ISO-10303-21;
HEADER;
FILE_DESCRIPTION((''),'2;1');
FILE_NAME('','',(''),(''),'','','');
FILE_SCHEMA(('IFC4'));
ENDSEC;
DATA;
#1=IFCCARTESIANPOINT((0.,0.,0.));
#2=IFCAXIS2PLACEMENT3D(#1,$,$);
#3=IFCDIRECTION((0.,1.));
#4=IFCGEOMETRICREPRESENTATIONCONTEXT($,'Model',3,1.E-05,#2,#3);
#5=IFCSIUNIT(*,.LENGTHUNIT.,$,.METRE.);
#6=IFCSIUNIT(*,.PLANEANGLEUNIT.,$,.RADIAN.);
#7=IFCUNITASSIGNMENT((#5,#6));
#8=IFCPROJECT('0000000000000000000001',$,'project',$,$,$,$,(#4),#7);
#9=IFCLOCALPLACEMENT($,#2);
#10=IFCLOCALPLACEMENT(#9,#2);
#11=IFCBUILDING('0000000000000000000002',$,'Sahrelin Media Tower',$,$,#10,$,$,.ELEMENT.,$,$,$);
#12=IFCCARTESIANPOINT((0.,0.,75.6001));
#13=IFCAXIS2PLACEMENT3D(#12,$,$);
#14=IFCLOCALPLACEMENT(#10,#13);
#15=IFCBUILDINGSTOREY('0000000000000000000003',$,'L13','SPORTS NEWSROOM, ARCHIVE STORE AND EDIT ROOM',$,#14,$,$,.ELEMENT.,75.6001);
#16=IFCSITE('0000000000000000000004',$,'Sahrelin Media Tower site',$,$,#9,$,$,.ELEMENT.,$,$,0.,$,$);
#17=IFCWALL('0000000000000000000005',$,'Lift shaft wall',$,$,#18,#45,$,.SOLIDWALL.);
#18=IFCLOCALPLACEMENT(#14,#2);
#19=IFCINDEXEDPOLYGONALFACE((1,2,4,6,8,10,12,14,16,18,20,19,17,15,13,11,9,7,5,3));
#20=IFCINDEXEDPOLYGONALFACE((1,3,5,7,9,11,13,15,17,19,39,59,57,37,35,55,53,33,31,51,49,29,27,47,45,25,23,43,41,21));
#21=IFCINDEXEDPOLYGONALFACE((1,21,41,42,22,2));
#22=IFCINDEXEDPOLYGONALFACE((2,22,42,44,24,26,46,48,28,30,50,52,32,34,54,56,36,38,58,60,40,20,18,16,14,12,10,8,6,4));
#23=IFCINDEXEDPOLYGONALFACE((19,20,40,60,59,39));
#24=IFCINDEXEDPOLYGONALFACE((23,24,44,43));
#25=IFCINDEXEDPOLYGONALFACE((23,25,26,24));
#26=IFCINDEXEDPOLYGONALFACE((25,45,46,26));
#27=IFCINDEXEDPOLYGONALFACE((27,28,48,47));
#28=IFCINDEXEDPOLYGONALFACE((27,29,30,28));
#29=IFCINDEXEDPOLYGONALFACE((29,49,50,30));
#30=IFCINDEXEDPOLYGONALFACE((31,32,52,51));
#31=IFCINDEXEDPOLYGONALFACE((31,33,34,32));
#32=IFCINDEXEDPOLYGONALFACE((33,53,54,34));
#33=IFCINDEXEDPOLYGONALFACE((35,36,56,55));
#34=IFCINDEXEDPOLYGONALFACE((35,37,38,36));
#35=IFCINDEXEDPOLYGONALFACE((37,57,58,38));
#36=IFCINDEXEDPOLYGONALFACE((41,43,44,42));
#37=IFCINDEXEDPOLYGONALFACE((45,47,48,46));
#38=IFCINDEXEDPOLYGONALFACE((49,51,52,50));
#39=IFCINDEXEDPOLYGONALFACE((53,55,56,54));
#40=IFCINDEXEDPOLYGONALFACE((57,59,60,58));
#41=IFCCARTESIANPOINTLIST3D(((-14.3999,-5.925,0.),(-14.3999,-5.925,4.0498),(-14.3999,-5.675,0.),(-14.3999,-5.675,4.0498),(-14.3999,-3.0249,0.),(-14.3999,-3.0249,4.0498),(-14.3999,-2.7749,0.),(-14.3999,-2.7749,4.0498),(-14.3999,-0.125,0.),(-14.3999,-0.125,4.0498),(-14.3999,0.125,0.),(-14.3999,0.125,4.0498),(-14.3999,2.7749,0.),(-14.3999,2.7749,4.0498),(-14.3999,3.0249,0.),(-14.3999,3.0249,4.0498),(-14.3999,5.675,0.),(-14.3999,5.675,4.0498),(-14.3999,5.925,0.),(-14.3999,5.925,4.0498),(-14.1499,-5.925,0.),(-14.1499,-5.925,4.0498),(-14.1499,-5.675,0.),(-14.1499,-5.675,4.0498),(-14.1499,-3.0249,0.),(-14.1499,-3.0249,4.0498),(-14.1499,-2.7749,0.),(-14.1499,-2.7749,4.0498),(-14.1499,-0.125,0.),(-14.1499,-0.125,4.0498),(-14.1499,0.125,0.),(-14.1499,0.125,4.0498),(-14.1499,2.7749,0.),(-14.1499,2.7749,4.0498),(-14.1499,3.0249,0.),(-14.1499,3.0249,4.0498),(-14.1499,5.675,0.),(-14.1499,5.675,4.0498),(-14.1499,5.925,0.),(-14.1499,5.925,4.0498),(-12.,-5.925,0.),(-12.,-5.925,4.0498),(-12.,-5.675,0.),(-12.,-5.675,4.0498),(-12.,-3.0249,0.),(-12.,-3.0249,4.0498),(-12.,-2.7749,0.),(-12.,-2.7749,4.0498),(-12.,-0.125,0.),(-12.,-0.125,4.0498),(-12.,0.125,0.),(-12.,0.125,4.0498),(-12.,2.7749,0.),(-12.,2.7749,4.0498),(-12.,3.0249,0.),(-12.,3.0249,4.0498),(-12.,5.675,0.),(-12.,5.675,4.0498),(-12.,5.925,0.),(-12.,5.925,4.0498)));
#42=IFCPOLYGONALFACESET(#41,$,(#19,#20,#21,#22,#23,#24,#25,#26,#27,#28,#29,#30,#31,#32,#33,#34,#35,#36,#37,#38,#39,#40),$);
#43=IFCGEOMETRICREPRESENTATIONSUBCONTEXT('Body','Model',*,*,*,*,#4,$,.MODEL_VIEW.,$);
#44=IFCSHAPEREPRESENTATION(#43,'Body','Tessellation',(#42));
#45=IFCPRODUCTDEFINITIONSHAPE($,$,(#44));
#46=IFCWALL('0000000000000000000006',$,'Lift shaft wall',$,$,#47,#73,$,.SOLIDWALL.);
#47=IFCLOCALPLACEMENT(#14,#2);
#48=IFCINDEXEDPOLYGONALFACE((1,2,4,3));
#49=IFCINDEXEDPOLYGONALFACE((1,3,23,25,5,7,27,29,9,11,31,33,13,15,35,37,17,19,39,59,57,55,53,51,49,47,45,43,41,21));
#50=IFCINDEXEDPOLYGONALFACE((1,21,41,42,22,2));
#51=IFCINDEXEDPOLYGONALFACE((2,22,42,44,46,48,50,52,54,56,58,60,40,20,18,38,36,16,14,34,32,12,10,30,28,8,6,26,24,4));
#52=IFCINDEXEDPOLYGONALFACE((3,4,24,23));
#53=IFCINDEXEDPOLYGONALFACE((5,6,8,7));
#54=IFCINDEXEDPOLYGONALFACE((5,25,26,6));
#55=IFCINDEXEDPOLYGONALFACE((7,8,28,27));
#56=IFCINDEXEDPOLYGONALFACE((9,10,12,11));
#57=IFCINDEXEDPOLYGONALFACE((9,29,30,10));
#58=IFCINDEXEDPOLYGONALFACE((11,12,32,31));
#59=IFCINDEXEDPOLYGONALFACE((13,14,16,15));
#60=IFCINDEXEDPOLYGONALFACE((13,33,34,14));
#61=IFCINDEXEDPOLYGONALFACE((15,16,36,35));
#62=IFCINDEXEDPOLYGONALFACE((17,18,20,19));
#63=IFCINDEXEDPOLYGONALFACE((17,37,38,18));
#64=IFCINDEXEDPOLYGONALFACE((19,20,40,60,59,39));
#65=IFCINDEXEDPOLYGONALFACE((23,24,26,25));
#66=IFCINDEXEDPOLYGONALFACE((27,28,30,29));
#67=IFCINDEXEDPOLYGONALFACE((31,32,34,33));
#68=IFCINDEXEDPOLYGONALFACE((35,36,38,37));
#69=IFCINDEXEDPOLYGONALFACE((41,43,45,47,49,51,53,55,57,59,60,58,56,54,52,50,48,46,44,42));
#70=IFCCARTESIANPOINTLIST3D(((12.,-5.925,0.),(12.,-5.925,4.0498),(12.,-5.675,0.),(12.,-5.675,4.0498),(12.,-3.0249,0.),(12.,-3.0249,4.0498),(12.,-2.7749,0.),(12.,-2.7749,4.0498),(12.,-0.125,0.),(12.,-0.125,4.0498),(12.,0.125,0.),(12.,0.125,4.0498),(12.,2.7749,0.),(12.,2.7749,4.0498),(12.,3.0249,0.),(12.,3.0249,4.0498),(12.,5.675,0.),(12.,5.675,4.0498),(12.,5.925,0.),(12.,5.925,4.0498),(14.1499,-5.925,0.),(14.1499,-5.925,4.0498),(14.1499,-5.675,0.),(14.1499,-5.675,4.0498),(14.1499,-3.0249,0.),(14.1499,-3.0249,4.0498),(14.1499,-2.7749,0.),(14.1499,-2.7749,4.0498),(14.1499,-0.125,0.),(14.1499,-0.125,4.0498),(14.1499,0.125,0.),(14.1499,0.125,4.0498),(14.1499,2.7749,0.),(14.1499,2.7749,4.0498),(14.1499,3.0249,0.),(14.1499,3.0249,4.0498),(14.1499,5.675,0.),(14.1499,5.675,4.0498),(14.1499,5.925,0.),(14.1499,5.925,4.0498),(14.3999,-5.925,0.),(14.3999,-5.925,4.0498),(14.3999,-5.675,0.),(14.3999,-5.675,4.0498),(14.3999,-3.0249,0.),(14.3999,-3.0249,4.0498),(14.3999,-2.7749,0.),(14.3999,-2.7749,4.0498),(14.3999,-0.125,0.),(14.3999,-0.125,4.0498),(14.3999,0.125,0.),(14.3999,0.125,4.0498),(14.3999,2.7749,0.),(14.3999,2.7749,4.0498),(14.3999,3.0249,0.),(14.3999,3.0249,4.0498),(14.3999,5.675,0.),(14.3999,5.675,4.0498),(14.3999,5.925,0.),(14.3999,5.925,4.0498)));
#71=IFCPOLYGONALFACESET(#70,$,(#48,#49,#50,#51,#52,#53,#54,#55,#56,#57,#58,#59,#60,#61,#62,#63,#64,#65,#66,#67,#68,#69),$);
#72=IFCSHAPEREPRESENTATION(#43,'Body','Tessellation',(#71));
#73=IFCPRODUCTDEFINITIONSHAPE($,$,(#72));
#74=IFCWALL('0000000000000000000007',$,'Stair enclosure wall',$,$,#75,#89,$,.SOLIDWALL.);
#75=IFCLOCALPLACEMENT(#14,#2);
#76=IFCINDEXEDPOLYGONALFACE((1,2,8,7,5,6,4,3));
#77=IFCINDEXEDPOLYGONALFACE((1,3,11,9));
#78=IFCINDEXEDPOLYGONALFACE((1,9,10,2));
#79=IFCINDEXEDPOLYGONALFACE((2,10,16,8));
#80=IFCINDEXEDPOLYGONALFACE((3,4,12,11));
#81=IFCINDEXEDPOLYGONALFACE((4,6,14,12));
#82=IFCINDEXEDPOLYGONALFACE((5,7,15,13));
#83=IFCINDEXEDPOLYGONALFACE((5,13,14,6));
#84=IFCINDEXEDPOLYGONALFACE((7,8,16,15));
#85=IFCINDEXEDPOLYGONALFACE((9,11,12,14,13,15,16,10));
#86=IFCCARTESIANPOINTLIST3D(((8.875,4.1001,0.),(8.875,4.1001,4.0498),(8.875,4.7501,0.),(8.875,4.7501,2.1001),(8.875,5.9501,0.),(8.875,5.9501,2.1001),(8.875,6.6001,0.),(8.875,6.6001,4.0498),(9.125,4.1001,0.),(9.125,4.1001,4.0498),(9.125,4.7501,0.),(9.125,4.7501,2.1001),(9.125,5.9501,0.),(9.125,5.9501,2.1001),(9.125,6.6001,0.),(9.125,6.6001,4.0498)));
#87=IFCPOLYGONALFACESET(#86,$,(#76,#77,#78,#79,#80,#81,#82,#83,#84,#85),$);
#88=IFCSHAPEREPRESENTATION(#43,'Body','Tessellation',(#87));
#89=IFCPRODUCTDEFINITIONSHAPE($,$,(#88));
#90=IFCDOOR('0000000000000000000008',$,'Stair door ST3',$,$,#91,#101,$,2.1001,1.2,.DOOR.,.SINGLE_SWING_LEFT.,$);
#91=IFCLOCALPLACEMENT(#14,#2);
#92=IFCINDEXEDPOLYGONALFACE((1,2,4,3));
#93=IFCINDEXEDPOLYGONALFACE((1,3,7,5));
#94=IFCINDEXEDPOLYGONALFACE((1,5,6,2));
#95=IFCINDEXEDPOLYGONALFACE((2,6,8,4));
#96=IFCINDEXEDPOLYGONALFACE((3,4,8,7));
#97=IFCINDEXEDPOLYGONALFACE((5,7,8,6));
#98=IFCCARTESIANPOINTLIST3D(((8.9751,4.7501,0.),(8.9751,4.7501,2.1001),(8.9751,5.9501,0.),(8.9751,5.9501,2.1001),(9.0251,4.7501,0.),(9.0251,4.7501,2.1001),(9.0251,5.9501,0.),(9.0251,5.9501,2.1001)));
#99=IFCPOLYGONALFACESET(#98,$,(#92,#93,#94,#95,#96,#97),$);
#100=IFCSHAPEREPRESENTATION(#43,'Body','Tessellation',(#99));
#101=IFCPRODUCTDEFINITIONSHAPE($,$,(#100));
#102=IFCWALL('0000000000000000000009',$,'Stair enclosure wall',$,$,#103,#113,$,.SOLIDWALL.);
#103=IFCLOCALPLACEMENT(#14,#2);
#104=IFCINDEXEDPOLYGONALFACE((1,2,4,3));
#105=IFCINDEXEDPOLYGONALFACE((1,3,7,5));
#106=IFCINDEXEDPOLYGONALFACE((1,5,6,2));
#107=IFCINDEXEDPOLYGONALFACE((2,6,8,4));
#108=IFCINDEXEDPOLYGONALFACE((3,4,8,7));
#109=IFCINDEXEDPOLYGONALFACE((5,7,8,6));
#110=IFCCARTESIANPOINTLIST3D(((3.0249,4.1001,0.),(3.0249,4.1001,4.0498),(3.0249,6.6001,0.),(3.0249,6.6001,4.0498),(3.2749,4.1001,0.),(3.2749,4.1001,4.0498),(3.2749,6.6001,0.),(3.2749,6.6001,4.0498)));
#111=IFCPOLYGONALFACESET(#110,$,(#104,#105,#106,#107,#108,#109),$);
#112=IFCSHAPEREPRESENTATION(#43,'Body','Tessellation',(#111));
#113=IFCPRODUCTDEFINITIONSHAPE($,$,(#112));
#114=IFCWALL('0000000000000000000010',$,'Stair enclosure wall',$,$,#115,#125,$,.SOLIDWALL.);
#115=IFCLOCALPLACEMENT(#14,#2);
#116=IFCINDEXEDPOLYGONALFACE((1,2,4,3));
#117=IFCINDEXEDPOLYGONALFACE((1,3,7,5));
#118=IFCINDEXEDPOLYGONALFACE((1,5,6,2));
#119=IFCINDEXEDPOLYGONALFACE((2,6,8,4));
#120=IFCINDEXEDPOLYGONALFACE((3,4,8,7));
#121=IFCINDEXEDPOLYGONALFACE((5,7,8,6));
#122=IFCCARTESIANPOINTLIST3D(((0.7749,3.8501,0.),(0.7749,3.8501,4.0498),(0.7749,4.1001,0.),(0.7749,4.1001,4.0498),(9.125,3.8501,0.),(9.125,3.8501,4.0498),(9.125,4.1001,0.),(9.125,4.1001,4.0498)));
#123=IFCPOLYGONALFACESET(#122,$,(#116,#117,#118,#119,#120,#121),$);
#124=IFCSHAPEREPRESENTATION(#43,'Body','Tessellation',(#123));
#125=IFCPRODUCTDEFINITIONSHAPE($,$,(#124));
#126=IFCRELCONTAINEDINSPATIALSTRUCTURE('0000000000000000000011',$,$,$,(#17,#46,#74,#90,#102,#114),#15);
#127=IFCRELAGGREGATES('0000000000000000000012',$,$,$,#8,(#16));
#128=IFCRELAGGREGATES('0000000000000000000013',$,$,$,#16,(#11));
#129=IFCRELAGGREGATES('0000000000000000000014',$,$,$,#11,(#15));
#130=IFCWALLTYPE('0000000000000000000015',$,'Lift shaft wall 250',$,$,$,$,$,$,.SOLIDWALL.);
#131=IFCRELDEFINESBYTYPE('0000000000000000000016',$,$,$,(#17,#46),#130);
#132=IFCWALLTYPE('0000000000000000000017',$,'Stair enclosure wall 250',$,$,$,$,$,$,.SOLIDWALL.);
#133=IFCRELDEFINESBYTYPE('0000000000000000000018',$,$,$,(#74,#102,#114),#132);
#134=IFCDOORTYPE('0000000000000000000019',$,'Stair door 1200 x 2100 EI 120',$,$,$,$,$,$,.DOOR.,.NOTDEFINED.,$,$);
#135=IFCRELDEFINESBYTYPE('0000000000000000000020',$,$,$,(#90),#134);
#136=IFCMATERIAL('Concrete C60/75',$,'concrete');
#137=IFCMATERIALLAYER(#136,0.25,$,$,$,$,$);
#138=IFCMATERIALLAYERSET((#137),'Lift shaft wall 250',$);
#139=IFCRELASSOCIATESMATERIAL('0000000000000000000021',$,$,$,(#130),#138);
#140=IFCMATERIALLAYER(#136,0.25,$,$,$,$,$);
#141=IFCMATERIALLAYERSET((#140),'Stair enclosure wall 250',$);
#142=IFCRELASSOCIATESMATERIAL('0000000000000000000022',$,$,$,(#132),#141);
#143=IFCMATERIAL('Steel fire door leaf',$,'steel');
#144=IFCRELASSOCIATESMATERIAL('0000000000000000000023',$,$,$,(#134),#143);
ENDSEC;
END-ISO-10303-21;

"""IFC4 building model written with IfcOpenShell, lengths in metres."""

from ifc_helpers import new_model, si_unit, direction, frame, frame_2d, origin, place, context, subcontext, project, spatial, polyline, rectangle, outline, extrude, material, layer, layer_set, type_object, element, fill, save


model = new_model("IFC4")

# Units and contexts
model_context = context("Model", 3, precision=1e-05, world=origin(), true_north=direction((0.0, 1.0)))
body_context = subcontext(model_context, "Body", "Model", "MODEL_VIEW")
ifc_project = project(units=[si_unit("LENGTHUNIT", "METRE"), si_unit("PLANEANGLEUNIT", "RADIAN")], contexts=[model_context])

# Site, building, storey
site_placement = place(None, origin())
site = spatial("IfcSite", under=ifc_project, at=site_placement, Name="Sahrelin Media Tower site", CompositionType="ELEMENT", RefElevation=0.0)
building_placement = place(site_placement, origin())
building = spatial("IfcBuilding", under=site, at=building_placement, Name="Sahrelin Media Tower", CompositionType="ELEMENT")
storey_placement = place(building_placement, frame((0.0, 0.0, 75.6001)))
storey = spatial("IfcBuildingStorey", under=building, at=storey_placement, Name="L13", Description="SPORTS NEWSROOM, ARCHIVE STORE AND EDIT ROOM", CompositionType="ELEMENT", Elevation=75.6001)

# Shared definitions
placement_1 = place(storey_placement, origin())

# Shared definitions
ifc_material_1 = material(Name="Concrete C60/75", Category="concrete")

# Shared definitions
ifc_material_2 = material(Name="Steel fire door leaf", Category="steel")

# Walls
ifc_layer_1 = layer(ifc_material_1, 0.25)
ifc_layer_set_1 = layer_set([ifc_layer_1], Name="Lift shaft wall 250")
wall_type_1 = type_object("IfcWallType", Name="Lift shaft wall 250", PredefinedType="SOLIDWALL", material=ifc_layer_set_1)
element("IfcWall", 1, at=placement_1, inside=storey, type_object=wall_type_1, Name="Lift shaft wall", PredefinedType="SOLIDWALL", context=body_context, shape_type="SweptSolid", body=[
    extrude(outline(polyline([(-12.0, -5.925), (-12.0, -5.675), (-14.1499, -5.675), (-14.1499, -3.0249), (-12.0, -3.0249), (-12.0, -2.7749), (-14.1499, -2.7749), (-14.1499, -0.125), (-12.0, -0.125), (-12.0, 0.125), (-14.1499, 0.125), (-14.1499, 2.7749), (-12.0, 2.7749), (-12.0, 3.0249), (-14.1499, 3.0249), (-14.1499, 5.675), (-12.0, 5.675), (-12.0, 5.925), (-14.1499, 5.925), (-14.3999, 5.925), (-14.3999, 5.675), (-14.3999, 3.0249), (-14.3999, 2.7749), (-14.3999, 0.125), (-14.3999, -0.125), (-14.3999, -2.7749), (-14.3999, -3.0249), (-14.3999, -5.675), (-14.3999, -5.925), (-14.1499, -5.925), (-12.0, -5.925)])), origin(), (0.0, 0.0, 1.0), 4.0498),
])
element("IfcWall", 2, at=placement_1, inside=storey, type_object=wall_type_1, Name="Lift shaft wall", PredefinedType="SOLIDWALL", context=body_context, shape_type="SweptSolid", body=[
    extrude(outline(polyline([(12.0, -5.675), (12.0, -5.925), (14.1499, -5.925), (14.3999, -5.925), (14.3999, -5.675), (14.3999, -3.0249), (14.3999, -2.7749), (14.3999, -0.125), (14.3999, 0.125), (14.3999, 2.7749), (14.3999, 3.0249), (14.3999, 5.675), (14.3999, 5.925), (14.1499, 5.925), (12.0, 5.925), (12.0, 5.675), (14.1499, 5.675), (14.1499, 3.0249), (12.0, 3.0249), (12.0, 2.7749), (14.1499, 2.7749), (14.1499, 0.125), (12.0, 0.125), (12.0, -0.125), (14.1499, -0.125), (14.1499, -2.7749), (12.0, -2.7749), (12.0, -3.0249), (14.1499, -3.0249), (14.1499, -5.675), (12.0, -5.675)])), origin(), (0.0, 0.0, 1.0), 4.0498),
])

# Wall, opening, door
ifc_layer_2 = layer(ifc_material_1, 0.25)
ifc_layer_set_2 = layer_set([ifc_layer_2], Name="Stair enclosure wall 250")
wall_type_2 = type_object("IfcWallType", Name="Stair enclosure wall 250", PredefinedType="SOLIDWALL", material=ifc_layer_set_2)
wall_1_placement = place(storey_placement, frame((9.0, 4.1001, 0.0), z_axis=(0.0, 0.0, 1.0), x_axis=(0.0, 1.0, 0.0)))
wall_1 = element("IfcWall", 3, at=wall_1_placement, inside=storey, type_object=wall_type_2, Name="Stair enclosure wall", PredefinedType="SOLIDWALL", context=body_context, shape_type="SweptSolid", body=[
    extrude(rectangle(XDim=2.5, YDim=0.25, at=frame_2d((1.25, 0.0))), origin(), (0.0, 0.0, 1.0), 4.0498),
])
opening_1_placement = place(wall_1_placement, frame((0.6499, 0.0, 0.0)))
opening_1 = element("IfcOpeningElement", 4, at=opening_1_placement, cuts=wall_1, PredefinedType="OPENING", context=body_context, shape_type="SweptSolid", body=[
    extrude(rectangle(XDim=1.2, YDim=2.1001, at=frame_2d((0.6001, 1.05))), frame((0.0, 0.125, 0.0), z_axis=(0.0, -1.0, 0.0), x_axis=(1.0, 0.0, 0.0)), (0.0, 0.0, 1.0), 0.25),
])
door_type_1 = type_object("IfcDoorType", Name="Stair door 1200 x 2100 EI 120", OperationType="NOTDEFINED", PredefinedType="DOOR", material=ifc_material_2)
door_1_placement = place(opening_1_placement, origin())
door_1 = element("IfcDoor", 5, at=door_1_placement, inside=storey, type_object=door_type_1, Name="Stair door ST3", OperationType="SINGLE_SWING_LEFT", OverallHeight=2.1001, OverallWidth=1.2, PredefinedType="DOOR", context=body_context, shape_type="SweptSolid", body=[
    extrude(rectangle(XDim=1.2, YDim=2.1001, at=frame_2d((0.6001, 1.05))), frame((0.0, 0.0249, 0.0), z_axis=(0.0, -1.0, 0.0), x_axis=(1.0, 0.0, 0.0)), (0.0, 0.0, 1.0), 0.05),
])
fill(opening_1, door_1)

# Walls
wall_2_placement = place(storey_placement, frame((3.1499, 4.1001, 0.0), z_axis=(0.0, 0.0, 1.0), x_axis=(0.0, 1.0, 0.0)))
element("IfcWall", 6, at=wall_2_placement, inside=storey, type_object=wall_type_2, Name="Stair enclosure wall", PredefinedType="SOLIDWALL", context=body_context, shape_type="SweptSolid", body=[
    extrude(rectangle(XDim=2.5, YDim=0.25, at=frame_2d((1.25, 0.0))), origin(), (0.0, 0.0, 1.0), 4.0498),
])
wall_3_placement = place(storey_placement, frame((0.7749, 3.9751, 0.0), z_axis=(0.0, 0.0, 1.0), x_axis=(1.0, 0.0, 0.0)))
element("IfcWall", 7, at=wall_3_placement, inside=storey, type_object=wall_type_2, Name="Stair enclosure wall", PredefinedType="SOLIDWALL", context=body_context, shape_type="SweptSolid", body=[
    extrude(rectangle(XDim=8.3501, YDim=0.25, at=frame_2d((4.175, 0.0))), origin(), (0.0, 0.0, 1.0), 4.0498),
])

save(model, "model.ifc")
